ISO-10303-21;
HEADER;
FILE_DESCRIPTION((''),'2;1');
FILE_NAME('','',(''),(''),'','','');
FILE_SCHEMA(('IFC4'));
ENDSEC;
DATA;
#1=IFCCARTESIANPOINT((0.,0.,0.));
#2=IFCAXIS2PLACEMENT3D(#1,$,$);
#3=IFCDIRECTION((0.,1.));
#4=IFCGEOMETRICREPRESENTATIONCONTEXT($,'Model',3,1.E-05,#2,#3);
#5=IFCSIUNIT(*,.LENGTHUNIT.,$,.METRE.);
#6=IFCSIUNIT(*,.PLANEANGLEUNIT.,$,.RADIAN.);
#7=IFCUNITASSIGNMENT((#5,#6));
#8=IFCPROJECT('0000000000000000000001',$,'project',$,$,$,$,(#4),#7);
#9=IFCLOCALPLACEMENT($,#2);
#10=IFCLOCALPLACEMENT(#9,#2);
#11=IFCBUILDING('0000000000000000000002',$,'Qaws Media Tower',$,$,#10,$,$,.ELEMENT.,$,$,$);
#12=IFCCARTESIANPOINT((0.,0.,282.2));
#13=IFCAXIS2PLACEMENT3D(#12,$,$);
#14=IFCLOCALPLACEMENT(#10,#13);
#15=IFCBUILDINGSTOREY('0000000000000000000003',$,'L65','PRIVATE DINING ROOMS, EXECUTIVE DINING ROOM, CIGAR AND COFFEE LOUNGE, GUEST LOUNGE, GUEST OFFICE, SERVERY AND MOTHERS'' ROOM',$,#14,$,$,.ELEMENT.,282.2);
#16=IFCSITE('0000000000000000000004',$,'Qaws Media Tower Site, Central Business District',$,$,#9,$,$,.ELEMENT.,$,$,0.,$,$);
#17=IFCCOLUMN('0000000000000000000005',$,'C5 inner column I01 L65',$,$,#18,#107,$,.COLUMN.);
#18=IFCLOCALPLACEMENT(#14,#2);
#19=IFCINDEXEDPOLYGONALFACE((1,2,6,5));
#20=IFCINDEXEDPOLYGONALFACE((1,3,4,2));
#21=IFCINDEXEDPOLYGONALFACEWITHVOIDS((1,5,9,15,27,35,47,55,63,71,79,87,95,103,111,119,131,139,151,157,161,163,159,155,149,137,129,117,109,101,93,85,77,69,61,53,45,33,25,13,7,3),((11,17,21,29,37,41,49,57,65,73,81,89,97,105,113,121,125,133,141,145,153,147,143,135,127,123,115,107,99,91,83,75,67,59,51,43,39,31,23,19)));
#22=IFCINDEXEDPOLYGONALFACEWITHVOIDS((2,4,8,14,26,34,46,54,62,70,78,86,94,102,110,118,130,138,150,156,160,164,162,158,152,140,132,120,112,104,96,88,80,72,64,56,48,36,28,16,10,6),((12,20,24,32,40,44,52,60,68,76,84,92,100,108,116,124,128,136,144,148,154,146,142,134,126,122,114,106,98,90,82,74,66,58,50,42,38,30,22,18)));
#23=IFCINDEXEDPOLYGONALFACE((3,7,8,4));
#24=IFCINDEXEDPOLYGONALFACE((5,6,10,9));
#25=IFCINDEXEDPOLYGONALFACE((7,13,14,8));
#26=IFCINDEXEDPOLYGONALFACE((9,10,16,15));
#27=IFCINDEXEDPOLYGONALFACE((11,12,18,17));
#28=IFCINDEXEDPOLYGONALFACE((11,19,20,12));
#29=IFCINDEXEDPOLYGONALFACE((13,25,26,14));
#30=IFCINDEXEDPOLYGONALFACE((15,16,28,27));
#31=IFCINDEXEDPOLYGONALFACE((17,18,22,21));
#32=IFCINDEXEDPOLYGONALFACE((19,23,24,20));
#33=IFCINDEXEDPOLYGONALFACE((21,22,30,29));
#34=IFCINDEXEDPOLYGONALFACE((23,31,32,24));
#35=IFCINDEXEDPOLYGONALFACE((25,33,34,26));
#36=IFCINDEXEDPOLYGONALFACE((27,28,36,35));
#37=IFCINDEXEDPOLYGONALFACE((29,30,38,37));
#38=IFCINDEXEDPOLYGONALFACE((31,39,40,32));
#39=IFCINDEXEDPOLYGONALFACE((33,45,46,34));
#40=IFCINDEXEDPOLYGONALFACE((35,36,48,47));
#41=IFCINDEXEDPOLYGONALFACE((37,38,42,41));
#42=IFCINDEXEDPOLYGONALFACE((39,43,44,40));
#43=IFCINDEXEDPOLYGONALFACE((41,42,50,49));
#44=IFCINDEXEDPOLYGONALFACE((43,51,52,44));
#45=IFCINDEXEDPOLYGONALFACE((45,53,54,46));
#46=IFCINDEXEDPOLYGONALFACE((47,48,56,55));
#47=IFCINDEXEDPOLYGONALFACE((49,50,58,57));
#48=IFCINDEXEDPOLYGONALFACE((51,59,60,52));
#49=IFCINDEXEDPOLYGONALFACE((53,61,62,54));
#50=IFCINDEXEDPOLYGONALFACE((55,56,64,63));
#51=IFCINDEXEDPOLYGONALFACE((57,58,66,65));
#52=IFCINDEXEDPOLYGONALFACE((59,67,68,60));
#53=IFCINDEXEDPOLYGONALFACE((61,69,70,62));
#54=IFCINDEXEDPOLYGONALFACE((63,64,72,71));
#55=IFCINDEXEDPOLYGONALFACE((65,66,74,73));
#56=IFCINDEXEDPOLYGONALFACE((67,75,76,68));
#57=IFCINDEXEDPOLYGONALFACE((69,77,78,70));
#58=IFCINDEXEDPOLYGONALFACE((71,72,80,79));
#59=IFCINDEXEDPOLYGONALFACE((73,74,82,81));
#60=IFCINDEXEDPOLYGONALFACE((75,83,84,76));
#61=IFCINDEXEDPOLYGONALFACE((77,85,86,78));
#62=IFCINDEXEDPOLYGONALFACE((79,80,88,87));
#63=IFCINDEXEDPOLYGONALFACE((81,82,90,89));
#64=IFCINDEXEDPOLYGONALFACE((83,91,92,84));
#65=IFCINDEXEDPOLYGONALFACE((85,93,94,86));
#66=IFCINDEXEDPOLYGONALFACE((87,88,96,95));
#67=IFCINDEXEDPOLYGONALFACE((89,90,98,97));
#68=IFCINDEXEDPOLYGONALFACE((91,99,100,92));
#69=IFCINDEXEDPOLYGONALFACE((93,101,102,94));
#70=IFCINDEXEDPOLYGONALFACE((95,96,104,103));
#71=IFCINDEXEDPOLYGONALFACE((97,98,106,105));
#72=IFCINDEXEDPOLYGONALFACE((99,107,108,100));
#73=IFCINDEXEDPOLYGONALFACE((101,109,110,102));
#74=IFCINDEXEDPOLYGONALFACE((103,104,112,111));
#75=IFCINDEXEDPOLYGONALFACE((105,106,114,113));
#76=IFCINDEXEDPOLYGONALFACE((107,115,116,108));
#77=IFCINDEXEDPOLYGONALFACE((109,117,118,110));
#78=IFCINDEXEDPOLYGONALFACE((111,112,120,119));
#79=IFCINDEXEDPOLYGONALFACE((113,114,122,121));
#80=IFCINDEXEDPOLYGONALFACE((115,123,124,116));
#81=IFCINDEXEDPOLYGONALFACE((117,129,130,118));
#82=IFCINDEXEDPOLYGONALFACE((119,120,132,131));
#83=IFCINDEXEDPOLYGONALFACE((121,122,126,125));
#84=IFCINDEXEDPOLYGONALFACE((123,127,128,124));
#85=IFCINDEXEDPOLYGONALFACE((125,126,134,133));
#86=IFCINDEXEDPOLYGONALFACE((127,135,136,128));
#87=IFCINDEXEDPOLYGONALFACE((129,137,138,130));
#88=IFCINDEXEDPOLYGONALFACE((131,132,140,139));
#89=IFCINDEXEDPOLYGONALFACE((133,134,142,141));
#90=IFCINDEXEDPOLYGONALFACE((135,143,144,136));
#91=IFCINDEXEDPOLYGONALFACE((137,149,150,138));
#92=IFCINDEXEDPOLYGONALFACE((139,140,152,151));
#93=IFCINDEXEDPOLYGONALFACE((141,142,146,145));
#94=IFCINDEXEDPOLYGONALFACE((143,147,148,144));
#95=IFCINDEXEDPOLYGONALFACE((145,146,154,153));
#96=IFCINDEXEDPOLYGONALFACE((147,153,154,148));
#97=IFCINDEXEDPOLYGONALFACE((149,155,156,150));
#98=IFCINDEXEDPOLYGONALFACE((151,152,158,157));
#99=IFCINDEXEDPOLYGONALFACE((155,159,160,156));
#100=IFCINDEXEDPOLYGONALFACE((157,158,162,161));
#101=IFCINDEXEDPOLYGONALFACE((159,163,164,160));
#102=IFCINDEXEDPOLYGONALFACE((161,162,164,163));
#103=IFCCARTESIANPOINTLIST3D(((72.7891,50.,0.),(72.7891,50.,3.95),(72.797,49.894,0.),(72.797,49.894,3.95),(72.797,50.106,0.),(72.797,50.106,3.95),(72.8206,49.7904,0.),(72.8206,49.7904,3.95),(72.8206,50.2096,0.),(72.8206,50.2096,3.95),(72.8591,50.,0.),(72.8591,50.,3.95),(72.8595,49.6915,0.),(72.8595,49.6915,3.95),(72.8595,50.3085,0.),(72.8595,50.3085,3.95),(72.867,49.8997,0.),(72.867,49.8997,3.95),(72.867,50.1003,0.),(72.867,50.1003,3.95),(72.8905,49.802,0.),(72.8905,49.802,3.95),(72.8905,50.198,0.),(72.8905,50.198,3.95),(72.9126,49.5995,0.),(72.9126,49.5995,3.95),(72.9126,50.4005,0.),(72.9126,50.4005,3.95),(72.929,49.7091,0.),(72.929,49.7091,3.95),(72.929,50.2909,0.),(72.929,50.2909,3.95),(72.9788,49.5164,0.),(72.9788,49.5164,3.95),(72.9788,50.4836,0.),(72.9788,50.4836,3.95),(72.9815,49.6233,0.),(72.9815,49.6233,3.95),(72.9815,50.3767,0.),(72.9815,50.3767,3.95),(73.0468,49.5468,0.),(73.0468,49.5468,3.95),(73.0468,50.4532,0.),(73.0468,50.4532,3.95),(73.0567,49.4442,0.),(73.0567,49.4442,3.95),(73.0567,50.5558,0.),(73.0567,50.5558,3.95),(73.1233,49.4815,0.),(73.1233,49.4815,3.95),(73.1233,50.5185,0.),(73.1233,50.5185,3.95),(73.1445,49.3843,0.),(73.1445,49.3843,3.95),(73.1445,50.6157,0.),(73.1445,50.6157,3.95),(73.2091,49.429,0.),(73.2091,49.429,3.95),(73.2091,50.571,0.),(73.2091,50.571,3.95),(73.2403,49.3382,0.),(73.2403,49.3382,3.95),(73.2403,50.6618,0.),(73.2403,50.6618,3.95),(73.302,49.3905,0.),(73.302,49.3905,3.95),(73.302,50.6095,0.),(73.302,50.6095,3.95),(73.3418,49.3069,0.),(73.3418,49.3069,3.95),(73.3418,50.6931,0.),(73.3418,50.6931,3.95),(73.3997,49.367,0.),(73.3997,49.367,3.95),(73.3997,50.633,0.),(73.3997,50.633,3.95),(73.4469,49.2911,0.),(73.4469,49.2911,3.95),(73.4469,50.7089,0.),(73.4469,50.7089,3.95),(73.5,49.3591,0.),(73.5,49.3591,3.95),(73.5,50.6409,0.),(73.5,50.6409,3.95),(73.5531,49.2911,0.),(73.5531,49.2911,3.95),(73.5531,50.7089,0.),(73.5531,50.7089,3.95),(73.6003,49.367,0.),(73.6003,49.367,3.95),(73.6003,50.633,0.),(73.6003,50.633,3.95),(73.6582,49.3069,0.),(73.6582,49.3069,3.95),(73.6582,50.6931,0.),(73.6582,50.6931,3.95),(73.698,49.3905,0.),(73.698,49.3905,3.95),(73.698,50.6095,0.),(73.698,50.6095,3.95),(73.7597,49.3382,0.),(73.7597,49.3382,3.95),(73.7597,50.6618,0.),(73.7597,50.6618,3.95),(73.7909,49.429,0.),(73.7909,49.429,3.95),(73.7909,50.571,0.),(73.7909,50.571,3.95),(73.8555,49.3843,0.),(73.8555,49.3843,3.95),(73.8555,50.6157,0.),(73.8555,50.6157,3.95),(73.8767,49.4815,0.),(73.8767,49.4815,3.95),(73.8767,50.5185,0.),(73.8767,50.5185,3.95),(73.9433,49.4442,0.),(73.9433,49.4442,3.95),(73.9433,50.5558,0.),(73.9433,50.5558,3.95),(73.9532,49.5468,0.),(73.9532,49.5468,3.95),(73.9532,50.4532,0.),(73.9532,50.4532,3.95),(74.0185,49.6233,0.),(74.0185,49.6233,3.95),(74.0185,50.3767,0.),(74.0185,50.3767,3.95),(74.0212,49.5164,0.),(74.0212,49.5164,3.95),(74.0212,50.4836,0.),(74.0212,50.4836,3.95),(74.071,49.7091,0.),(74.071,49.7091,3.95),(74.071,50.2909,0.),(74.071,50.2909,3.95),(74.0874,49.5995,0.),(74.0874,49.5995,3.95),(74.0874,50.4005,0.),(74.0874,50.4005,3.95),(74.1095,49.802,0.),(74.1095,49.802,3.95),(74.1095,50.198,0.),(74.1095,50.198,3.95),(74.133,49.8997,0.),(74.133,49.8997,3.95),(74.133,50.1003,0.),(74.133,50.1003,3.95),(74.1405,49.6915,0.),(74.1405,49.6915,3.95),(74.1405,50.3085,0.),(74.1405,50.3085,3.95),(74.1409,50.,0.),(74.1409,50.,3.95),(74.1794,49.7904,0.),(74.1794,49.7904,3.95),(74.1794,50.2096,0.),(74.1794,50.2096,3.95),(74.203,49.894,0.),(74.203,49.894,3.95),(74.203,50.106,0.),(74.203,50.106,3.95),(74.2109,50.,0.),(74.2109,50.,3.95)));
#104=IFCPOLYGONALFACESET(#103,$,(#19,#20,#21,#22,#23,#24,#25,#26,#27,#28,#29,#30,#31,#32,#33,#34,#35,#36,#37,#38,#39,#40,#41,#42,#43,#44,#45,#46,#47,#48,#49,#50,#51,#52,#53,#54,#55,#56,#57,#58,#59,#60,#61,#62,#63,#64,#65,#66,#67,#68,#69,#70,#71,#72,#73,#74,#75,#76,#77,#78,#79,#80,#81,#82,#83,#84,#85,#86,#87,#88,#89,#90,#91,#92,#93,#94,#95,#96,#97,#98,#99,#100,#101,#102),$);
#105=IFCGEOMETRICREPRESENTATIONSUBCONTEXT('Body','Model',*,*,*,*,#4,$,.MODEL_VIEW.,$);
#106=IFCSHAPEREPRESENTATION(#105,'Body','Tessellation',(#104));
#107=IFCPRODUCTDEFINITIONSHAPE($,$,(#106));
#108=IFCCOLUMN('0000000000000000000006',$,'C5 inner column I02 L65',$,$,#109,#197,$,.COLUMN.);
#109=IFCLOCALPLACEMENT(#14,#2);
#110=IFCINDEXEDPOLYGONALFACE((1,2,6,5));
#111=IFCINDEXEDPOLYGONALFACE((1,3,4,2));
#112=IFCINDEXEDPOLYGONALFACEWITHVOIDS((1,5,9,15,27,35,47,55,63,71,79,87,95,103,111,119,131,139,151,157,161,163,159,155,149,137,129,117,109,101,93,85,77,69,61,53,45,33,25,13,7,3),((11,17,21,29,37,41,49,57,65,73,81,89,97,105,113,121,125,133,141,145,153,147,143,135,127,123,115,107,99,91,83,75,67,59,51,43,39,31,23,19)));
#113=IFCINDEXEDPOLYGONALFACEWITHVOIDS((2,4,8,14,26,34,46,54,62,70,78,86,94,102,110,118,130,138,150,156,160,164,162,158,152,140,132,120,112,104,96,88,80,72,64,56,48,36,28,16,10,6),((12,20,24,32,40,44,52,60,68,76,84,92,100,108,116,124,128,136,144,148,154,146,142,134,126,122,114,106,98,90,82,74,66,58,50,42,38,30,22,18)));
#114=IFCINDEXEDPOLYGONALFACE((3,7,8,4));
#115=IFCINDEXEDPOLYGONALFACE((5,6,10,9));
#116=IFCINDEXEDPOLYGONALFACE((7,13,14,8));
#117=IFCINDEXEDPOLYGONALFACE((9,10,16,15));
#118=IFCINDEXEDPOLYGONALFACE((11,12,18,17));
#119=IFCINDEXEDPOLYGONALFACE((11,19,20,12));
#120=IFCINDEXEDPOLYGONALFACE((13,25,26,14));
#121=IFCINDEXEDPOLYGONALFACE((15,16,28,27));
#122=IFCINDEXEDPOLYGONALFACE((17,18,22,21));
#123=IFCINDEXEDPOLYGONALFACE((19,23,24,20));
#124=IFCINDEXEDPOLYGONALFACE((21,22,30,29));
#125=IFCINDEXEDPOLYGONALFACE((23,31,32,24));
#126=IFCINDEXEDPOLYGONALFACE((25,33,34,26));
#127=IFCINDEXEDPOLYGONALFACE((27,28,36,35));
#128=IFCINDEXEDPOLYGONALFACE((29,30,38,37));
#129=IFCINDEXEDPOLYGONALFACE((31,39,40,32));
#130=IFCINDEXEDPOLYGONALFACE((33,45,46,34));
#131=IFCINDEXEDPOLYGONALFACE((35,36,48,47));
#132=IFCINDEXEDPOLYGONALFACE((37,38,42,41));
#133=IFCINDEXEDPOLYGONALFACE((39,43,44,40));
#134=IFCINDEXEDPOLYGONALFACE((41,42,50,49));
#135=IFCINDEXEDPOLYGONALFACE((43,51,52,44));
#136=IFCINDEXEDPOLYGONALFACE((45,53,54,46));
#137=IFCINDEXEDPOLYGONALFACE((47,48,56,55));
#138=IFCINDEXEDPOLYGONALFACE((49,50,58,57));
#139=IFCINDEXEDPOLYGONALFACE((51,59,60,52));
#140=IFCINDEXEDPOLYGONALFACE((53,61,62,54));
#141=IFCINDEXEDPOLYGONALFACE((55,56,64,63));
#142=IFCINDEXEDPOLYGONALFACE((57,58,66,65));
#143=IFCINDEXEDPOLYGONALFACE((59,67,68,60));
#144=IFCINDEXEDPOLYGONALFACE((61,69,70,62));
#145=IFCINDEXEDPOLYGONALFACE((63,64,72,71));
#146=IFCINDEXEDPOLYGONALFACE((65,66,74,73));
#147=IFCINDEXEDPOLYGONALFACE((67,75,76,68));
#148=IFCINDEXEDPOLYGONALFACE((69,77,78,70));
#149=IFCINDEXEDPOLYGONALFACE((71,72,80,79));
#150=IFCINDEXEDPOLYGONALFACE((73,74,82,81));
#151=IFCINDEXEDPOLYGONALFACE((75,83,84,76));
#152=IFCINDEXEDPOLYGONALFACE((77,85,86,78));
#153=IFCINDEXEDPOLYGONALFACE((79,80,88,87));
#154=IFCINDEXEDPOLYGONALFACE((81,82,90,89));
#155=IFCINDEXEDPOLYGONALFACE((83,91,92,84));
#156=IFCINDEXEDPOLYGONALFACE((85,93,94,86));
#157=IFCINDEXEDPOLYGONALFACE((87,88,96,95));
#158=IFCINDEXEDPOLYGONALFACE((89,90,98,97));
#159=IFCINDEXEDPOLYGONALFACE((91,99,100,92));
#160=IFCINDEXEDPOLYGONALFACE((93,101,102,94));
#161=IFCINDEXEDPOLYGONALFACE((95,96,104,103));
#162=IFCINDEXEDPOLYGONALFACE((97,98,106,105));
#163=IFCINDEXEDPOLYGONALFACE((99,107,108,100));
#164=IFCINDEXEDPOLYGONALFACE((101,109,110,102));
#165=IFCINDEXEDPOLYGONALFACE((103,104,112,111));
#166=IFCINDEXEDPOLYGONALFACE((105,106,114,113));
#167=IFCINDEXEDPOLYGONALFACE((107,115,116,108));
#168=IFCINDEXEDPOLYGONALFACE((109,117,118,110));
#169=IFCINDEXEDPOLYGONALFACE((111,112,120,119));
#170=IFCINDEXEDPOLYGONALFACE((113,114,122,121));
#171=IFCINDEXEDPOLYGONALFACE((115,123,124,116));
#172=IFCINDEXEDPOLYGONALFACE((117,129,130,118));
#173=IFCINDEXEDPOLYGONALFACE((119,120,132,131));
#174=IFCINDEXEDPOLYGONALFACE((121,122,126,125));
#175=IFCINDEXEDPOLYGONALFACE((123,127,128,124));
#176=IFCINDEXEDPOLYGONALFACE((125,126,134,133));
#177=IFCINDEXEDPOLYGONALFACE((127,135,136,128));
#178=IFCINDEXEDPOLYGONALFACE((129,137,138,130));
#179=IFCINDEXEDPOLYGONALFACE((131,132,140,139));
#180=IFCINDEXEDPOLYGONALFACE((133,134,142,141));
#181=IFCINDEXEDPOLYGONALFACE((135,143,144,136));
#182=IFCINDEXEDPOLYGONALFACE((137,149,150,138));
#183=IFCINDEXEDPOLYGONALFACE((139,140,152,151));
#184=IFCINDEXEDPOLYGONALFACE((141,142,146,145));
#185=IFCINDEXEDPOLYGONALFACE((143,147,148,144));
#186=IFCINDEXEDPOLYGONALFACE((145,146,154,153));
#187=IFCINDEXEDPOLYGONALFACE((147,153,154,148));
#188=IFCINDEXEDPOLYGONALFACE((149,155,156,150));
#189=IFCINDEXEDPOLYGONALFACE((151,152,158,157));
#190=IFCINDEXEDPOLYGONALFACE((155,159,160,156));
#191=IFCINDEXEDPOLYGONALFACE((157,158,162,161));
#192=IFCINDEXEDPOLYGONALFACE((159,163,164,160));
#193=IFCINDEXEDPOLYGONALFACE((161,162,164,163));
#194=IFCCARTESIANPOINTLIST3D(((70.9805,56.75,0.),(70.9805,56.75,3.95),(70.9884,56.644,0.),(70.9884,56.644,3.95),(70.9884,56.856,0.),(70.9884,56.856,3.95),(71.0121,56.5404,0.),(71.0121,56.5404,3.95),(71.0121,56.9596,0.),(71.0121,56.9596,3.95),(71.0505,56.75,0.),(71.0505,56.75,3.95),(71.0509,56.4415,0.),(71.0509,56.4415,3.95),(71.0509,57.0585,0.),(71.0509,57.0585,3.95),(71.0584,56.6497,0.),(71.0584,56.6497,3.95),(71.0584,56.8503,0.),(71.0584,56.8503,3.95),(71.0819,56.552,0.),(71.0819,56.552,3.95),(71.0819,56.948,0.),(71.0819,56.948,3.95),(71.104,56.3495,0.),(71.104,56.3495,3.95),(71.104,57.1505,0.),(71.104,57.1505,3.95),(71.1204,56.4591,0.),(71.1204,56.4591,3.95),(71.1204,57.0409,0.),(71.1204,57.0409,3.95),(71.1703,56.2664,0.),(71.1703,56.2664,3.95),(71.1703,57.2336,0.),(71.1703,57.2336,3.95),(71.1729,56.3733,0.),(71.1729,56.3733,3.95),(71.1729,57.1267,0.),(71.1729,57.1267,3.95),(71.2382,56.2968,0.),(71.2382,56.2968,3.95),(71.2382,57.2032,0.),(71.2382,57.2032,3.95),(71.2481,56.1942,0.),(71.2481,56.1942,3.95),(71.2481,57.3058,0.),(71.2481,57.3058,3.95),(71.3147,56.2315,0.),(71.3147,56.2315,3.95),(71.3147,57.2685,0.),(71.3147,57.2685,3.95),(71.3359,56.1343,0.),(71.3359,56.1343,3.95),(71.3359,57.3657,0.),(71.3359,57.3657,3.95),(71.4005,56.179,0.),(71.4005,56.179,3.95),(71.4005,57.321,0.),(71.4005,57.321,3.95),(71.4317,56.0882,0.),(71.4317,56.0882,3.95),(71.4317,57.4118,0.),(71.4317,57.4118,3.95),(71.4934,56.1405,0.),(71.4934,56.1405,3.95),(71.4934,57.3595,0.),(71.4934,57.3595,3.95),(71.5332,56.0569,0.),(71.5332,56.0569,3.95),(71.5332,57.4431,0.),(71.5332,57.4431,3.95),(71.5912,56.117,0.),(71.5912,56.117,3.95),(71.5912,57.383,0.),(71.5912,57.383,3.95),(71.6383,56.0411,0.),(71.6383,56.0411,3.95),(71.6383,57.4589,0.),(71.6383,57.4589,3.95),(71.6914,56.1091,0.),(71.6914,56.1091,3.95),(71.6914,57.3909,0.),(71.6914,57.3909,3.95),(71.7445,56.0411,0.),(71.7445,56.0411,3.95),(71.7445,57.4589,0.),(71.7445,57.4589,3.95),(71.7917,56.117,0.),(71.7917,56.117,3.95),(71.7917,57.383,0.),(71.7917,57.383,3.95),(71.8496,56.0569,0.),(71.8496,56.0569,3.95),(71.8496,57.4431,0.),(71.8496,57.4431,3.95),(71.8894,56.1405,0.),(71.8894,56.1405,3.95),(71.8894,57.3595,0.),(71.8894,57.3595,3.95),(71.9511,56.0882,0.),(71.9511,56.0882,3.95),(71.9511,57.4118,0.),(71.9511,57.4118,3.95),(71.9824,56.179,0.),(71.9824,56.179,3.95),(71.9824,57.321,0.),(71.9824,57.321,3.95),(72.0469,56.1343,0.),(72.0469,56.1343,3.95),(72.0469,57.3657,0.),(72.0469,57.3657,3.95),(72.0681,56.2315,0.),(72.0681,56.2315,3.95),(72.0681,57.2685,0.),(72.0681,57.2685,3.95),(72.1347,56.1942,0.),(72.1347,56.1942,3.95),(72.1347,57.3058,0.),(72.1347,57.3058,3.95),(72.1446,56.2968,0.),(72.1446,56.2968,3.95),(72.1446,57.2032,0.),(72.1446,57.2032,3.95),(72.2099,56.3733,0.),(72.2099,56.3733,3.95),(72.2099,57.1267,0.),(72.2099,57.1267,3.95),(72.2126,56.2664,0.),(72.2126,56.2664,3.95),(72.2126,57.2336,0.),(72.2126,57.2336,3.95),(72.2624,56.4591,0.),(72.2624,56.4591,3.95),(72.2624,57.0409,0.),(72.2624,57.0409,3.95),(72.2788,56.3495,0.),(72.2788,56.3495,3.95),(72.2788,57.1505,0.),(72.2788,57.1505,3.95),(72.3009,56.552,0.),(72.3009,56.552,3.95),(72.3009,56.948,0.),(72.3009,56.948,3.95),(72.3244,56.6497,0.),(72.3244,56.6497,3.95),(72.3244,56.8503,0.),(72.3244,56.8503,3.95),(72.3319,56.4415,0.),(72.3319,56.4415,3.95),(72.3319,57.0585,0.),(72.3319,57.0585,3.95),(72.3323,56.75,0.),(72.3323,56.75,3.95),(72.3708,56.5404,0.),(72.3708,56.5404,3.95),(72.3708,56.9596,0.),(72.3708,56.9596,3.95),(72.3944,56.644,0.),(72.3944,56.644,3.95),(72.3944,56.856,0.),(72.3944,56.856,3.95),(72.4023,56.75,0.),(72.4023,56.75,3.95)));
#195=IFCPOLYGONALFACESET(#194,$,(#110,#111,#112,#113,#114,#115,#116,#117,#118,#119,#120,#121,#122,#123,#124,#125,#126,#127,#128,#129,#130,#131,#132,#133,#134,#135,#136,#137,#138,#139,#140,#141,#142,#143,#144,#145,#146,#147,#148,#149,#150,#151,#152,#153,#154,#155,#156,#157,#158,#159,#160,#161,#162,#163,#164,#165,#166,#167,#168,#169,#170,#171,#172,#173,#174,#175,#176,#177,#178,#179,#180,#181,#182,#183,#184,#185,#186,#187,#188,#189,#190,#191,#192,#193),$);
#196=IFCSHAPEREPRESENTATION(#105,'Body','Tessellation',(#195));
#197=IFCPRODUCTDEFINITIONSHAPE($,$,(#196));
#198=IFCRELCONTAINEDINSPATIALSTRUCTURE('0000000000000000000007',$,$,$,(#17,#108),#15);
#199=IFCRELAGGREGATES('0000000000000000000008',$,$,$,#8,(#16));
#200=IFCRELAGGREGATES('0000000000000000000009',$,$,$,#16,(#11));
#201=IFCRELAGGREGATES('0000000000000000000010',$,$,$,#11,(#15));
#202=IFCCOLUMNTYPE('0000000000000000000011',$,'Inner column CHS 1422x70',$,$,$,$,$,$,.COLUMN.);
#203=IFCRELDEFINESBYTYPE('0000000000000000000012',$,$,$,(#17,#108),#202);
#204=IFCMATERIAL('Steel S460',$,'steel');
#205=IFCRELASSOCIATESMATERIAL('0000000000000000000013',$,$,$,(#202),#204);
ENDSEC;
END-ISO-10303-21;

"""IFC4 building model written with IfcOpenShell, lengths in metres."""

from ifc_helpers import new_model, si_unit, direction, frame, origin, origin_2d, place, context, subcontext, project, spatial, hollow_circle, extrude, material, material_profile, profile_set, type_object, element, save


model = new_model("IFC4")

# Units and contexts
model_context = context("Model", 3, precision=1e-05, world=origin(), true_north=direction((0.0, 1.0)))
body_context = subcontext(model_context, "Body", "Model", "MODEL_VIEW")
ifc_project = project(units=[si_unit("LENGTHUNIT", "METRE"), si_unit("PLANEANGLEUNIT", "RADIAN")], contexts=[model_context])

# Site, building, storey
site_placement = place(None, origin())
site = spatial("IfcSite", under=ifc_project, at=site_placement, Name="Qaws Media Tower Site, Central Business District", CompositionType="ELEMENT", RefElevation=0.0)
building_placement = place(site_placement, origin())
building = spatial("IfcBuilding", under=site, at=building_placement, Name="Qaws Media Tower", CompositionType="ELEMENT")
storey_placement = place(building_placement, frame((0.0, 0.0, 282.2)))
storey = spatial("IfcBuildingStorey", under=building, at=storey_placement, Name="L65", Description="PRIVATE DINING ROOMS, EXECUTIVE DINING ROOM, CIGAR AND COFFEE LOUNGE, GUEST LOUNGE, GUEST OFFICE, SERVERY AND MOTHERS' ROOM", CompositionType="ELEMENT", Elevation=282.2)

# Columns
ifc_material_1 = material(Name="Steel S460", Category="steel")
ifc_material_profile_1 = material_profile(ifc_material_1, hollow_circle(Radius=0.7109, WallThickness=0.0701, at=origin_2d()), Name="CHS 1422x70")
ifc_profile_set_1 = profile_set([ifc_material_profile_1], Name="Steel S460")
column_type = type_object("IfcColumnType", Name="Inner column CHS 1422x70", PredefinedType="COLUMN", material=ifc_profile_set_1)
for number, where, z_axis, x_axis, name in (
    (1, (73.5, 50.0, 0.0), (0.0, 0.0, 1.0), (1.0, 0.0, 0.0), "C5 inner column I01 L65"),
    (2, (71.6914, 56.75, 0.0), (0.0, 0.0, 1.0), (1.0, 0.0, 0.0), "C5 inner column I02 L65"),
):
    element("IfcColumn", number, at=place(storey_placement, frame(where, z_axis=z_axis, x_axis=x_axis)), inside=storey, type_object=column_type, Name=name, PredefinedType="COLUMN", context=body_context, shape_type="SweptSolid", body=[
        extrude(hollow_circle(Radius=0.7109, WallThickness=0.0701, at=origin_2d()), origin(), (0.0, 0.0, 1.0), 3.95),
    ])

save(model, "model.ifc")
